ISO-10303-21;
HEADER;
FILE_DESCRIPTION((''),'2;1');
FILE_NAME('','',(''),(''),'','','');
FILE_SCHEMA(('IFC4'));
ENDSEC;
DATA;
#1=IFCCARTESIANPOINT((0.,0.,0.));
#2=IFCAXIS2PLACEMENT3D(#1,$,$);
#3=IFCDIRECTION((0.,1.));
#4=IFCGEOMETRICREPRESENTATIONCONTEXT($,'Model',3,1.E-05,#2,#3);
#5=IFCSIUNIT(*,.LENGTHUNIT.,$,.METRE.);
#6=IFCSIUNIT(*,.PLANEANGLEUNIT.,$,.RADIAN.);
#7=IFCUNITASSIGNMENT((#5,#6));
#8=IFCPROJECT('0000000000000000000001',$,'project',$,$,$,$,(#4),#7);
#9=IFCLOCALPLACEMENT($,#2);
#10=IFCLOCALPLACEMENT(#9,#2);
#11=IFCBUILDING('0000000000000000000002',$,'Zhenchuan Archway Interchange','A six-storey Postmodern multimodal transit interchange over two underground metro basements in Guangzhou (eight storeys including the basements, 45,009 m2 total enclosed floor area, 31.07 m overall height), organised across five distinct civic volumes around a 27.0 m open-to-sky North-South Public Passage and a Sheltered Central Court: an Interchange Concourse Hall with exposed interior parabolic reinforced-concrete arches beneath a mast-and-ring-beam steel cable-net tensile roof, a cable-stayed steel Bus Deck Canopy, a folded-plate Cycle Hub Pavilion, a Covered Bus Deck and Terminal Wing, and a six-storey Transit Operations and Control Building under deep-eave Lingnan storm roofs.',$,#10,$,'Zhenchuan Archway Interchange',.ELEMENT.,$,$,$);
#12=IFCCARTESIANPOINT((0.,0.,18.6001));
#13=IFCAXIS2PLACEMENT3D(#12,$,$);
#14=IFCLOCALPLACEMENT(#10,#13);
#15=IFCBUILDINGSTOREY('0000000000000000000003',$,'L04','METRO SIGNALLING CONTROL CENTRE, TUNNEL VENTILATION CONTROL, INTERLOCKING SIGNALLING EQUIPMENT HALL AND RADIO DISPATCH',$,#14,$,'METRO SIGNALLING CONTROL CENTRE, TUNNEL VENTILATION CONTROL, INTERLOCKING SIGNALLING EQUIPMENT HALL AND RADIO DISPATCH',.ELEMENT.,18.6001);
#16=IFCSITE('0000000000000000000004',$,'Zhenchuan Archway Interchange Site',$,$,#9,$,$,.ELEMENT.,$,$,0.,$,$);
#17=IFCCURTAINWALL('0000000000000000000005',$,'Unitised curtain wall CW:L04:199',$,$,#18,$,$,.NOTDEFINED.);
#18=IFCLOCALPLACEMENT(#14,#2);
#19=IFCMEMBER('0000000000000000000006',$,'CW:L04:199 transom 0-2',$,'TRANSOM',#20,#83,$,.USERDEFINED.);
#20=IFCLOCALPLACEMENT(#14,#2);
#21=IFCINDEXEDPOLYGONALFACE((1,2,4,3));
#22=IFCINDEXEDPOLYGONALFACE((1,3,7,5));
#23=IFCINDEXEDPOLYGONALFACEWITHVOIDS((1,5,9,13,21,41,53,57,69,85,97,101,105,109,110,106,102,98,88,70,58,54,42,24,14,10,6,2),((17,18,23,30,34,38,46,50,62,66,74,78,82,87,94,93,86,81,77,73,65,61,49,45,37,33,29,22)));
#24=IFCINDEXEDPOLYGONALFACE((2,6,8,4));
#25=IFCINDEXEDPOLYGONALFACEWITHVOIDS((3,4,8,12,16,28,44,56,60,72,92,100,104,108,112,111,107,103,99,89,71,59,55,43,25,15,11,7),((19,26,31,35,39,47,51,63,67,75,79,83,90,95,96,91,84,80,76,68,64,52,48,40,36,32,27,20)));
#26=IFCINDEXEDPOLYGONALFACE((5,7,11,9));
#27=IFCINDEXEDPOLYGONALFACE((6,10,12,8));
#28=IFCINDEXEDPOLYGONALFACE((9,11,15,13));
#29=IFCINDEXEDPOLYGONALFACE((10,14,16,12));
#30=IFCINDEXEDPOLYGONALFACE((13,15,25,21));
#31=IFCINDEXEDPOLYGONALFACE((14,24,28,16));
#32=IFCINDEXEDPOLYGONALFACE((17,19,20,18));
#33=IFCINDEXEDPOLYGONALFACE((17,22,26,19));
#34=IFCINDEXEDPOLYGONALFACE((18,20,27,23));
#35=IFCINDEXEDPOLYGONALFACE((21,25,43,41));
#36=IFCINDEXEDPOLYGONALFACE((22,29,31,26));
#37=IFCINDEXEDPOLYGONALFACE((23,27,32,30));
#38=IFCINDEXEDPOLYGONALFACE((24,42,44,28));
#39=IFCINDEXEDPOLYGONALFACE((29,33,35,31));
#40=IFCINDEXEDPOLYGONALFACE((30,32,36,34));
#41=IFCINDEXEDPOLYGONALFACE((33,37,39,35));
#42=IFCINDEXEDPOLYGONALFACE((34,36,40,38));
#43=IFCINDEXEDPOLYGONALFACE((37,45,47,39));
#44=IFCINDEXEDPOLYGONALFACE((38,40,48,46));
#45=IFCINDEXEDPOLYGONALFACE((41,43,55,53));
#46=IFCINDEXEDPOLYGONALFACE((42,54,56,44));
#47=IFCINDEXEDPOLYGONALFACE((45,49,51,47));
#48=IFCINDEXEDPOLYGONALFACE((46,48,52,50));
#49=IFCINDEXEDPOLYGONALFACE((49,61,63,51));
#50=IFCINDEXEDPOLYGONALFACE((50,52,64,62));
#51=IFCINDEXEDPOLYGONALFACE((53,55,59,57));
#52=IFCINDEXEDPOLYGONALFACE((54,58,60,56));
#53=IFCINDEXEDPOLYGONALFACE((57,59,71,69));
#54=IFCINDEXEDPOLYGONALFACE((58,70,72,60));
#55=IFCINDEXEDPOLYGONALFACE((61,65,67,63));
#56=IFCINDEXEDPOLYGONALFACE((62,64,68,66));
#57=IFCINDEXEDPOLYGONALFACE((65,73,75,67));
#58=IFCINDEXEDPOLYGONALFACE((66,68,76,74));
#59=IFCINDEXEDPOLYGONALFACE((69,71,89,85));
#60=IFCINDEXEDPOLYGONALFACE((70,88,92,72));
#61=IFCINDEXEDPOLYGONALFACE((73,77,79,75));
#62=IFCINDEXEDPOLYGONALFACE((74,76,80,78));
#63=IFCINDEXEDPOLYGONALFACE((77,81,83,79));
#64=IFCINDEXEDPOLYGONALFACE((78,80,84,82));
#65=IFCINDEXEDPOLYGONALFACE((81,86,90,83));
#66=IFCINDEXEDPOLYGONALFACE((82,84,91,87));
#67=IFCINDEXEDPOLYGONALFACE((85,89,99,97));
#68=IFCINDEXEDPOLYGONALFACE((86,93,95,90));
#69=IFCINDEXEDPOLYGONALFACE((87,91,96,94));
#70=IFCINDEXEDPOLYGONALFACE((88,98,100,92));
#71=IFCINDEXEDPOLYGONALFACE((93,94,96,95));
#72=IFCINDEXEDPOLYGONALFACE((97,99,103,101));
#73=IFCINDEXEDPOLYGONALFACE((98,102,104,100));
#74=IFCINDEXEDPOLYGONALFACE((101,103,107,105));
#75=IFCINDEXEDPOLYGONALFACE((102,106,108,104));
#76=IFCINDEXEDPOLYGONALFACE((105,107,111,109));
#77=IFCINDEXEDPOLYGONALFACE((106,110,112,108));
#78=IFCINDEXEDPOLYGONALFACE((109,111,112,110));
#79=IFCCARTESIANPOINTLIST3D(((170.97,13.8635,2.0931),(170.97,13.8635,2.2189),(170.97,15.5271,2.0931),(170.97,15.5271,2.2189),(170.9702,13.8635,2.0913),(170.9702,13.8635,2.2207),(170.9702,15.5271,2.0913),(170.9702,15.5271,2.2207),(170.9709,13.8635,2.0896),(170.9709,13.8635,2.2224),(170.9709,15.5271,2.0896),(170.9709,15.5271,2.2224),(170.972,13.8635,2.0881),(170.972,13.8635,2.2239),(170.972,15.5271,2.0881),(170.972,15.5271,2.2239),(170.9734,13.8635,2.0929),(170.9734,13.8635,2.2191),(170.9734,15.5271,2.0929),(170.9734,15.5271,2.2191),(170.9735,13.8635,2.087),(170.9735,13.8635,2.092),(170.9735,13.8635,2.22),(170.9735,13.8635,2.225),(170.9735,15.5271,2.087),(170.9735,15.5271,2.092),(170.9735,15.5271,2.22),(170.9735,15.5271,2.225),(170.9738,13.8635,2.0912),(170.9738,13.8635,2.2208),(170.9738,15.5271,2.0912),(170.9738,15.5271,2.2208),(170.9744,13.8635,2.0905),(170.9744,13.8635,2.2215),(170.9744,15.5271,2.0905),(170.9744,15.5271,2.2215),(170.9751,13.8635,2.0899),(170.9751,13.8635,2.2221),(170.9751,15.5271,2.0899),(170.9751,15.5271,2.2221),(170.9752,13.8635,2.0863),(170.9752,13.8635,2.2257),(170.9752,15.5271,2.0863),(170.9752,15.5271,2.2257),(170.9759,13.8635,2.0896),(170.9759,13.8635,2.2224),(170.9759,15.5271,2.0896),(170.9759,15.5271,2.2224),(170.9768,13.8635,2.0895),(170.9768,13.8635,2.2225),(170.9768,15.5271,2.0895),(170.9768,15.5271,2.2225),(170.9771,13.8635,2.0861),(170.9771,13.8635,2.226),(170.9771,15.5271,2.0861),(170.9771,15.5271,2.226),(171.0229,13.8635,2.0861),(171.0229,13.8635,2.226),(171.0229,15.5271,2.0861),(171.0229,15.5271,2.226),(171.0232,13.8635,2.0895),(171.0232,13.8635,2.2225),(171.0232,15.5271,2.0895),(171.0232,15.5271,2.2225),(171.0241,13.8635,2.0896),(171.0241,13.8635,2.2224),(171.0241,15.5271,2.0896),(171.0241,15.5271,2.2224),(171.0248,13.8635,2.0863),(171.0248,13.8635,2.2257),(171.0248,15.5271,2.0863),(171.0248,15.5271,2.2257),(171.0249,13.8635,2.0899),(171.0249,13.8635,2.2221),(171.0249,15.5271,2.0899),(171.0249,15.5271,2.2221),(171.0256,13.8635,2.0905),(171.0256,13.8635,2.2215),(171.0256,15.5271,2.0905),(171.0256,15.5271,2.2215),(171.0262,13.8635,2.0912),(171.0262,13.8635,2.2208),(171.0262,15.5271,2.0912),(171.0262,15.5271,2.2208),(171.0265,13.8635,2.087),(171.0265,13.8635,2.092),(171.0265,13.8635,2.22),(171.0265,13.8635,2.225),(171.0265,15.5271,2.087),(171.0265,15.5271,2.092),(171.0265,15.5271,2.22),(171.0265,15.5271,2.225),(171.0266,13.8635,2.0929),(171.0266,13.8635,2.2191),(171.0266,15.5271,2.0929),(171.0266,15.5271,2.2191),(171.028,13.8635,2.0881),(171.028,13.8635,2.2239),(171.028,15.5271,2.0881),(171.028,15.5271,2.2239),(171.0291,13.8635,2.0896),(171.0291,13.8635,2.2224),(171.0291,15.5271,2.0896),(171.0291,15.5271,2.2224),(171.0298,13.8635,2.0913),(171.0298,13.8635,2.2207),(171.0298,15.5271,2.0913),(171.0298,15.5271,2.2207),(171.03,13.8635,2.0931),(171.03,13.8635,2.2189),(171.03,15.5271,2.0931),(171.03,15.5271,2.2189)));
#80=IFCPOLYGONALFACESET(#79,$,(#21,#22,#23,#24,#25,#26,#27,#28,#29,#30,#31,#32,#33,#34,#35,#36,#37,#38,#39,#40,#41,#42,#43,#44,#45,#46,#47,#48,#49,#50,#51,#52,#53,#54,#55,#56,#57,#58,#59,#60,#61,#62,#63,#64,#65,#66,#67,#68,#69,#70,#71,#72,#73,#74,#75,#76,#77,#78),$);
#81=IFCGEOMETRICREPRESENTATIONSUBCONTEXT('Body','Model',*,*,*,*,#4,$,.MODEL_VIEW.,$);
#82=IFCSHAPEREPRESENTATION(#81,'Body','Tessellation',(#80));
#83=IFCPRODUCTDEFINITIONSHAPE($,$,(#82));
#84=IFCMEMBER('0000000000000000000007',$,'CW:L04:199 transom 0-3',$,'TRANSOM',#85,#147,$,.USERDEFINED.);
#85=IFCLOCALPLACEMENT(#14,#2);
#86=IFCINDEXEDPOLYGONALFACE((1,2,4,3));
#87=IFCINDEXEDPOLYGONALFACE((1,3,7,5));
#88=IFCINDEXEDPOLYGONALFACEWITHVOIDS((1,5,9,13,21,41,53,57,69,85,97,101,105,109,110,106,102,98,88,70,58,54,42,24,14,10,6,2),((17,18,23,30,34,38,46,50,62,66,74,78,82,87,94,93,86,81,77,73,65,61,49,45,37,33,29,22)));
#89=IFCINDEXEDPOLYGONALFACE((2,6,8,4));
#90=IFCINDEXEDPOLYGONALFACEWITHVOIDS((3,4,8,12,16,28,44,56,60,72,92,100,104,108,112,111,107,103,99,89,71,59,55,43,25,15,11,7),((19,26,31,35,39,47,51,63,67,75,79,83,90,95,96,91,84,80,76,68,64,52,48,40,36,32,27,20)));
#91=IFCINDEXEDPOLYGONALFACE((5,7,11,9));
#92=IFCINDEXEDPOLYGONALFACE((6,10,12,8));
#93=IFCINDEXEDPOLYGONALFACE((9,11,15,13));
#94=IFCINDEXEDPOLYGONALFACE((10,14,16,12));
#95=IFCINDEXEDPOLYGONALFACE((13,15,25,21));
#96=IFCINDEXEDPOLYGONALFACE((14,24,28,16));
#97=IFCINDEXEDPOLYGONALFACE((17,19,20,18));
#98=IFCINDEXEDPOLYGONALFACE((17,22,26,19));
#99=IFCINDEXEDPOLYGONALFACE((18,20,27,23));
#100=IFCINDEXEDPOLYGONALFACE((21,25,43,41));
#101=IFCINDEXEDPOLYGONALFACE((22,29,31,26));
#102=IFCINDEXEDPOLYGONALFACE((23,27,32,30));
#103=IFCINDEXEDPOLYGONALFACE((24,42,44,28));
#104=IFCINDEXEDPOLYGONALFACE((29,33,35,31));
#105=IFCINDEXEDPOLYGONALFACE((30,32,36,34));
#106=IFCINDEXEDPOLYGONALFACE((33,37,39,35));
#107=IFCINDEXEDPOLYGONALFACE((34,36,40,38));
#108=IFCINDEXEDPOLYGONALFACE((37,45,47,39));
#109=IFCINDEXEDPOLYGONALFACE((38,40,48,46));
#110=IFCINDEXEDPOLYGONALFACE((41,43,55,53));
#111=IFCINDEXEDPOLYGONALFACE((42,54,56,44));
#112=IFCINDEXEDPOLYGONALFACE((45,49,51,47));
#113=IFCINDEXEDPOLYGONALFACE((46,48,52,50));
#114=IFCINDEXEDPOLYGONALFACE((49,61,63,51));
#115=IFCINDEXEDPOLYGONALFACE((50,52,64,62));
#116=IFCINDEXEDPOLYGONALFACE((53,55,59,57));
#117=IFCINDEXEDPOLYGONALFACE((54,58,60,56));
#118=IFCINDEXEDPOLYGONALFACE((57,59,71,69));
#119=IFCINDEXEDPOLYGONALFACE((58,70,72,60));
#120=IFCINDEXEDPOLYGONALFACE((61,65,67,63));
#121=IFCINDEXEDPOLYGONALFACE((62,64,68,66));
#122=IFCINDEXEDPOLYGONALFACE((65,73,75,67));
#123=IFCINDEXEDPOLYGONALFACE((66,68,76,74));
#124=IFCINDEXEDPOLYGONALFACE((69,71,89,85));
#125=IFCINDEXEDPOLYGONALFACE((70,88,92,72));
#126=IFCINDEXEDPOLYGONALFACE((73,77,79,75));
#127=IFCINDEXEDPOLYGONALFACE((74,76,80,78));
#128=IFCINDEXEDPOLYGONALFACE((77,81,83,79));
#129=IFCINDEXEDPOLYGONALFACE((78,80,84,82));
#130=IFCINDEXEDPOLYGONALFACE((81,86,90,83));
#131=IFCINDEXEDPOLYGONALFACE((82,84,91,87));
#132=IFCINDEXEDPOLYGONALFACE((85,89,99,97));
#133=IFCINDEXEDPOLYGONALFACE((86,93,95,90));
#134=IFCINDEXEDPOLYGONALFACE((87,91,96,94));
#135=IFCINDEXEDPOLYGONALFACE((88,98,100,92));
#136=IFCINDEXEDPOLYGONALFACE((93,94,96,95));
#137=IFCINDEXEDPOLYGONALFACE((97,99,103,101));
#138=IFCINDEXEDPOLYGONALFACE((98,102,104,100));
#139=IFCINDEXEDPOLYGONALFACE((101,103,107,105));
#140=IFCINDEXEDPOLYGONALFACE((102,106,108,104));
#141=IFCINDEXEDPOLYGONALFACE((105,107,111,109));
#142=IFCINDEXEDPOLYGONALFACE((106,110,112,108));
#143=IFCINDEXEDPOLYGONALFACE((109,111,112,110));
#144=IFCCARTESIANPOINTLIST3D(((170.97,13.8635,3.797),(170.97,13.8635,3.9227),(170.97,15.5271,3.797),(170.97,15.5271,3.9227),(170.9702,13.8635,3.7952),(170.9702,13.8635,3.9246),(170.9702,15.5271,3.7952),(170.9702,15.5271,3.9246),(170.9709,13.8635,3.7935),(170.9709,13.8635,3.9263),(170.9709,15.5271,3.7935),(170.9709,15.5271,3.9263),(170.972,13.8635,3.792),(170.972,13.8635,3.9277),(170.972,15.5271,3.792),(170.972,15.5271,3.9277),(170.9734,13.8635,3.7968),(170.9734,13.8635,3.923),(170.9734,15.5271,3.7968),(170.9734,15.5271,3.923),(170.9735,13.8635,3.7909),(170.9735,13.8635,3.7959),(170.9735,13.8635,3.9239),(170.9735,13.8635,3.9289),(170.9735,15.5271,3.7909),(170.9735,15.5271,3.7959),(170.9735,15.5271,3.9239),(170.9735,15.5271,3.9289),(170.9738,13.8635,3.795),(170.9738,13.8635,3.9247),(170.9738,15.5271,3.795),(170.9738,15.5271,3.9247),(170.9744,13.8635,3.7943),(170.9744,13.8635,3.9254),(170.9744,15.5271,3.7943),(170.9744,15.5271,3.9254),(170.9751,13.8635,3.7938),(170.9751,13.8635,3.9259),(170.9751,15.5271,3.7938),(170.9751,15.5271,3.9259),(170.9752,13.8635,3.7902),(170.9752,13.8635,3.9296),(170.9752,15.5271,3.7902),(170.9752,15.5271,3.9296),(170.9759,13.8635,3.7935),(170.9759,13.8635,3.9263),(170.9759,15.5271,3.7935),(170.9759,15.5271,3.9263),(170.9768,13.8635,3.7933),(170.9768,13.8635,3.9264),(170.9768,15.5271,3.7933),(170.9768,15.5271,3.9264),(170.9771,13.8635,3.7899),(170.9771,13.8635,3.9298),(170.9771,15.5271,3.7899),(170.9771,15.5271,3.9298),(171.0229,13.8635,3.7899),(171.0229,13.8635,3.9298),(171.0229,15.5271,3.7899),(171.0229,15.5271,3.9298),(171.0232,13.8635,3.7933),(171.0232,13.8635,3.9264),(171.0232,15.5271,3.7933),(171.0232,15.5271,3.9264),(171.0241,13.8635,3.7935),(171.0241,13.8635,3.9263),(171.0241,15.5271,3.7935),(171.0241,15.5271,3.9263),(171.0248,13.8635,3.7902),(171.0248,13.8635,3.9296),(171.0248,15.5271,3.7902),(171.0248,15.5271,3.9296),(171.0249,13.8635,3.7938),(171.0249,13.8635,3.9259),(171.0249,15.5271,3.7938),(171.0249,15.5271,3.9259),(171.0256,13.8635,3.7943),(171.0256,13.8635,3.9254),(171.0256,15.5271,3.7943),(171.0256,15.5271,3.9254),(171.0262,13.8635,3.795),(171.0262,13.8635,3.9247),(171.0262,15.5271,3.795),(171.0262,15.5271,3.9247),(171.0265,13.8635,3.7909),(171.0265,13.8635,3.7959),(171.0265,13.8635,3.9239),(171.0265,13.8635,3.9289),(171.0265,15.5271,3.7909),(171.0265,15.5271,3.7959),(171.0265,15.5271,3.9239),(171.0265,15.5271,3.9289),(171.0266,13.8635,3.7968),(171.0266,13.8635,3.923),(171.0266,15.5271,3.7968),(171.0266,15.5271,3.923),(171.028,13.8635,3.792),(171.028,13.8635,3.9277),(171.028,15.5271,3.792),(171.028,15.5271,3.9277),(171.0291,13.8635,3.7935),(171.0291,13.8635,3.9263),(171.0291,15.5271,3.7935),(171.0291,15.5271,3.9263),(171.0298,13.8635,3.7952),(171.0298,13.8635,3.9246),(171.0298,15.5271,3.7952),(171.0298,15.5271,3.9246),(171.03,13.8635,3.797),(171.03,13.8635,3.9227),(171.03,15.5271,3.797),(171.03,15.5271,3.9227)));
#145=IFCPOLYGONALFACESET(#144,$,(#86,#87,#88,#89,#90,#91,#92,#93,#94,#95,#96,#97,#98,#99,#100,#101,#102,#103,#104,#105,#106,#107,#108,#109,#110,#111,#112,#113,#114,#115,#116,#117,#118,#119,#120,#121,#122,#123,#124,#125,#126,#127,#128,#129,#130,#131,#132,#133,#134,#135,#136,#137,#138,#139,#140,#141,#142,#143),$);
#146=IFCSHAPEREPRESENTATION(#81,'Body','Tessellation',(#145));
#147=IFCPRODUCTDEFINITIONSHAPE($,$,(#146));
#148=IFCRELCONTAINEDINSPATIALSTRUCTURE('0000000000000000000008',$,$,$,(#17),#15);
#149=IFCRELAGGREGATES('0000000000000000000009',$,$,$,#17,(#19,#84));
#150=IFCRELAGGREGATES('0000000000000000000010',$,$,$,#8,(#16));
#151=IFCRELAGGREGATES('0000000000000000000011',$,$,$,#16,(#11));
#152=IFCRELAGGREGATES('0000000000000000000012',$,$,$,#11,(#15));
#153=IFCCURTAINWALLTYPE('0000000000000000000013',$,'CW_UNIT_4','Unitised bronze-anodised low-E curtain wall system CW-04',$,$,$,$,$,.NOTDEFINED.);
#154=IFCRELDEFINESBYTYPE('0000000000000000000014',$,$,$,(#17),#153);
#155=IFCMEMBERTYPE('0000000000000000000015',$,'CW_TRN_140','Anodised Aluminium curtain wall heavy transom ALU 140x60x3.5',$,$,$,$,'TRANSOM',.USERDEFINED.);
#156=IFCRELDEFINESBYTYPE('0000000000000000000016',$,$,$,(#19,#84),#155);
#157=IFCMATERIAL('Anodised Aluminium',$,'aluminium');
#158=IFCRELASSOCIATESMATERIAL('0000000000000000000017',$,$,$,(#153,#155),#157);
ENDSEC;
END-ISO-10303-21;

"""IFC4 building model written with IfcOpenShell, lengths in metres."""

from ifc_helpers import new_model, si_unit, direction, frame, origin, origin_2d, place, context, subcontext, project, spatial, hollow_rectangle, extrude, material, material_profile, profile_set, type_object, element, aggregate, save


model = new_model("IFC4")

# Units and contexts
model_context = context("Model", 3, precision=1e-05, world=origin(), true_north=direction((0.0, 1.0)))
body_context = subcontext(model_context, "Body", "Model", "MODEL_VIEW")
ifc_project = project(units=[si_unit("LENGTHUNIT", "METRE"), si_unit("PLANEANGLEUNIT", "RADIAN")], contexts=[model_context])

# Site, building, storey
site_placement = place(None, origin())
site = spatial("IfcSite", under=ifc_project, at=site_placement, Name="Zhenchuan Archway Interchange Site", CompositionType="ELEMENT", RefElevation=0.0)
building_placement = place(site_placement, origin())
building = spatial("IfcBuilding", under=site, at=building_placement, Name="Zhenchuan Archway Interchange", Description="A six-storey Postmodern multimodal transit interchange over two underground metro basements in Guangzhou (eight storeys including the basements, 45,009 m2 total enclosed floor area, 31.07 m overall height), organised across five distinct civic volumes around a 27.0 m open-to-sky North-South Public Passage and a Sheltered Central Court: an Interchange Concourse Hall with exposed interior parabolic reinforced-concrete arches beneath a mast-and-ring-beam steel cable-net tensile roof, a cable-stayed steel Bus Deck Canopy, a folded-plate Cycle Hub Pavilion, a Covered Bus Deck and Terminal Wing, and a six-storey Transit Operations and Control Building under deep-eave Lingnan storm roofs.", LongName="Zhenchuan Archway Interchange", CompositionType="ELEMENT")
storey_placement = place(building_placement, frame((0.0, 0.0, 18.6001)))
storey = spatial("IfcBuildingStorey", under=building, at=storey_placement, Name="L04", Description="METRO SIGNALLING CONTROL CENTRE, TUNNEL VENTILATION CONTROL, INTERLOCKING SIGNALLING EQUIPMENT HALL AND RADIO DISPATCH", LongName="METRO SIGNALLING CONTROL CENTRE, TUNNEL VENTILATION CONTROL, INTERLOCKING SIGNALLING EQUIPMENT HALL AND RADIO DISPATCH", CompositionType="ELEMENT", Elevation=18.6001)

# Curtain wall, members
ifc_material_1 = material(Name="Anodised Aluminium", Category="aluminium")
curtain_wall_type = type_object("IfcCurtainWallType", Name="CW_UNIT_4", Description="Unitised bronze-anodised low-E curtain wall system CW-04", PredefinedType="NOTDEFINED", material=ifc_material_1)
curtain_wall_placement = place(storey_placement, origin())
curtain_wall = element("IfcCurtainWall", 1, at=curtain_wall_placement, inside=storey, type_object=curtain_wall_type, Name="Unitised curtain wall CW:L04:199", PredefinedType="NOTDEFINED")
ifc_material_profile_1 = material_profile(ifc_material_1, hollow_rectangle(XDim=0.0601, YDim=0.1399, WallThickness=0.0034, InnerFilletRadius=0.0034, OuterFilletRadius=0.0071, at=origin_2d()), Name="ALU 140x60x3.5")
ifc_profile_set_1 = profile_set([ifc_material_profile_1], Name="Anodised Aluminium")
member_type_1 = type_object("IfcMemberType", Name="CW_TRN_140", Description="Anodised Aluminium curtain wall heavy transom ALU 140x60x3.5", ElementType="TRANSOM", PredefinedType="USERDEFINED", material=ifc_profile_set_1)
member_1_placement = place(storey_placement, frame((171.0, 15.5271, 2.156), z_axis=(0.0, -1.0, 0.0), x_axis=(1.0, 0.0, 0.0)))
member_1 = element("IfcMember", 2, at=member_1_placement, type_object=member_type_1, Name="CW:L04:199 transom 0-2", ObjectType="TRANSOM", PredefinedType="USERDEFINED", context=body_context, shape_type="SweptSolid", body=[
    extrude(hollow_rectangle(XDim=0.0601, YDim=0.1399, WallThickness=0.0034, InnerFilletRadius=0.0034, OuterFilletRadius=0.0071, at=origin_2d()), origin(), (0.0, 0.0, 1.0), 1.6636),
])
member_2_placement = place(storey_placement, frame((171.0, 15.5271, 3.8599), z_axis=(0.0, -1.0, 0.0), x_axis=(1.0, 0.0, 0.0)))
member_2 = element("IfcMember", 3, at=member_2_placement, type_object=member_type_1, Name="CW:L04:199 transom 0-3", ObjectType="TRANSOM", PredefinedType="USERDEFINED", context=body_context, shape_type="SweptSolid", body=[
    extrude(hollow_rectangle(XDim=0.0601, YDim=0.1399, WallThickness=0.0034, InnerFilletRadius=0.0034, OuterFilletRadius=0.0071, at=origin_2d()), origin(), (0.0, 0.0, 1.0), 1.6636),
])

aggregate(curtain_wall, [member_1, member_2])

save(model, "model.ifc")
